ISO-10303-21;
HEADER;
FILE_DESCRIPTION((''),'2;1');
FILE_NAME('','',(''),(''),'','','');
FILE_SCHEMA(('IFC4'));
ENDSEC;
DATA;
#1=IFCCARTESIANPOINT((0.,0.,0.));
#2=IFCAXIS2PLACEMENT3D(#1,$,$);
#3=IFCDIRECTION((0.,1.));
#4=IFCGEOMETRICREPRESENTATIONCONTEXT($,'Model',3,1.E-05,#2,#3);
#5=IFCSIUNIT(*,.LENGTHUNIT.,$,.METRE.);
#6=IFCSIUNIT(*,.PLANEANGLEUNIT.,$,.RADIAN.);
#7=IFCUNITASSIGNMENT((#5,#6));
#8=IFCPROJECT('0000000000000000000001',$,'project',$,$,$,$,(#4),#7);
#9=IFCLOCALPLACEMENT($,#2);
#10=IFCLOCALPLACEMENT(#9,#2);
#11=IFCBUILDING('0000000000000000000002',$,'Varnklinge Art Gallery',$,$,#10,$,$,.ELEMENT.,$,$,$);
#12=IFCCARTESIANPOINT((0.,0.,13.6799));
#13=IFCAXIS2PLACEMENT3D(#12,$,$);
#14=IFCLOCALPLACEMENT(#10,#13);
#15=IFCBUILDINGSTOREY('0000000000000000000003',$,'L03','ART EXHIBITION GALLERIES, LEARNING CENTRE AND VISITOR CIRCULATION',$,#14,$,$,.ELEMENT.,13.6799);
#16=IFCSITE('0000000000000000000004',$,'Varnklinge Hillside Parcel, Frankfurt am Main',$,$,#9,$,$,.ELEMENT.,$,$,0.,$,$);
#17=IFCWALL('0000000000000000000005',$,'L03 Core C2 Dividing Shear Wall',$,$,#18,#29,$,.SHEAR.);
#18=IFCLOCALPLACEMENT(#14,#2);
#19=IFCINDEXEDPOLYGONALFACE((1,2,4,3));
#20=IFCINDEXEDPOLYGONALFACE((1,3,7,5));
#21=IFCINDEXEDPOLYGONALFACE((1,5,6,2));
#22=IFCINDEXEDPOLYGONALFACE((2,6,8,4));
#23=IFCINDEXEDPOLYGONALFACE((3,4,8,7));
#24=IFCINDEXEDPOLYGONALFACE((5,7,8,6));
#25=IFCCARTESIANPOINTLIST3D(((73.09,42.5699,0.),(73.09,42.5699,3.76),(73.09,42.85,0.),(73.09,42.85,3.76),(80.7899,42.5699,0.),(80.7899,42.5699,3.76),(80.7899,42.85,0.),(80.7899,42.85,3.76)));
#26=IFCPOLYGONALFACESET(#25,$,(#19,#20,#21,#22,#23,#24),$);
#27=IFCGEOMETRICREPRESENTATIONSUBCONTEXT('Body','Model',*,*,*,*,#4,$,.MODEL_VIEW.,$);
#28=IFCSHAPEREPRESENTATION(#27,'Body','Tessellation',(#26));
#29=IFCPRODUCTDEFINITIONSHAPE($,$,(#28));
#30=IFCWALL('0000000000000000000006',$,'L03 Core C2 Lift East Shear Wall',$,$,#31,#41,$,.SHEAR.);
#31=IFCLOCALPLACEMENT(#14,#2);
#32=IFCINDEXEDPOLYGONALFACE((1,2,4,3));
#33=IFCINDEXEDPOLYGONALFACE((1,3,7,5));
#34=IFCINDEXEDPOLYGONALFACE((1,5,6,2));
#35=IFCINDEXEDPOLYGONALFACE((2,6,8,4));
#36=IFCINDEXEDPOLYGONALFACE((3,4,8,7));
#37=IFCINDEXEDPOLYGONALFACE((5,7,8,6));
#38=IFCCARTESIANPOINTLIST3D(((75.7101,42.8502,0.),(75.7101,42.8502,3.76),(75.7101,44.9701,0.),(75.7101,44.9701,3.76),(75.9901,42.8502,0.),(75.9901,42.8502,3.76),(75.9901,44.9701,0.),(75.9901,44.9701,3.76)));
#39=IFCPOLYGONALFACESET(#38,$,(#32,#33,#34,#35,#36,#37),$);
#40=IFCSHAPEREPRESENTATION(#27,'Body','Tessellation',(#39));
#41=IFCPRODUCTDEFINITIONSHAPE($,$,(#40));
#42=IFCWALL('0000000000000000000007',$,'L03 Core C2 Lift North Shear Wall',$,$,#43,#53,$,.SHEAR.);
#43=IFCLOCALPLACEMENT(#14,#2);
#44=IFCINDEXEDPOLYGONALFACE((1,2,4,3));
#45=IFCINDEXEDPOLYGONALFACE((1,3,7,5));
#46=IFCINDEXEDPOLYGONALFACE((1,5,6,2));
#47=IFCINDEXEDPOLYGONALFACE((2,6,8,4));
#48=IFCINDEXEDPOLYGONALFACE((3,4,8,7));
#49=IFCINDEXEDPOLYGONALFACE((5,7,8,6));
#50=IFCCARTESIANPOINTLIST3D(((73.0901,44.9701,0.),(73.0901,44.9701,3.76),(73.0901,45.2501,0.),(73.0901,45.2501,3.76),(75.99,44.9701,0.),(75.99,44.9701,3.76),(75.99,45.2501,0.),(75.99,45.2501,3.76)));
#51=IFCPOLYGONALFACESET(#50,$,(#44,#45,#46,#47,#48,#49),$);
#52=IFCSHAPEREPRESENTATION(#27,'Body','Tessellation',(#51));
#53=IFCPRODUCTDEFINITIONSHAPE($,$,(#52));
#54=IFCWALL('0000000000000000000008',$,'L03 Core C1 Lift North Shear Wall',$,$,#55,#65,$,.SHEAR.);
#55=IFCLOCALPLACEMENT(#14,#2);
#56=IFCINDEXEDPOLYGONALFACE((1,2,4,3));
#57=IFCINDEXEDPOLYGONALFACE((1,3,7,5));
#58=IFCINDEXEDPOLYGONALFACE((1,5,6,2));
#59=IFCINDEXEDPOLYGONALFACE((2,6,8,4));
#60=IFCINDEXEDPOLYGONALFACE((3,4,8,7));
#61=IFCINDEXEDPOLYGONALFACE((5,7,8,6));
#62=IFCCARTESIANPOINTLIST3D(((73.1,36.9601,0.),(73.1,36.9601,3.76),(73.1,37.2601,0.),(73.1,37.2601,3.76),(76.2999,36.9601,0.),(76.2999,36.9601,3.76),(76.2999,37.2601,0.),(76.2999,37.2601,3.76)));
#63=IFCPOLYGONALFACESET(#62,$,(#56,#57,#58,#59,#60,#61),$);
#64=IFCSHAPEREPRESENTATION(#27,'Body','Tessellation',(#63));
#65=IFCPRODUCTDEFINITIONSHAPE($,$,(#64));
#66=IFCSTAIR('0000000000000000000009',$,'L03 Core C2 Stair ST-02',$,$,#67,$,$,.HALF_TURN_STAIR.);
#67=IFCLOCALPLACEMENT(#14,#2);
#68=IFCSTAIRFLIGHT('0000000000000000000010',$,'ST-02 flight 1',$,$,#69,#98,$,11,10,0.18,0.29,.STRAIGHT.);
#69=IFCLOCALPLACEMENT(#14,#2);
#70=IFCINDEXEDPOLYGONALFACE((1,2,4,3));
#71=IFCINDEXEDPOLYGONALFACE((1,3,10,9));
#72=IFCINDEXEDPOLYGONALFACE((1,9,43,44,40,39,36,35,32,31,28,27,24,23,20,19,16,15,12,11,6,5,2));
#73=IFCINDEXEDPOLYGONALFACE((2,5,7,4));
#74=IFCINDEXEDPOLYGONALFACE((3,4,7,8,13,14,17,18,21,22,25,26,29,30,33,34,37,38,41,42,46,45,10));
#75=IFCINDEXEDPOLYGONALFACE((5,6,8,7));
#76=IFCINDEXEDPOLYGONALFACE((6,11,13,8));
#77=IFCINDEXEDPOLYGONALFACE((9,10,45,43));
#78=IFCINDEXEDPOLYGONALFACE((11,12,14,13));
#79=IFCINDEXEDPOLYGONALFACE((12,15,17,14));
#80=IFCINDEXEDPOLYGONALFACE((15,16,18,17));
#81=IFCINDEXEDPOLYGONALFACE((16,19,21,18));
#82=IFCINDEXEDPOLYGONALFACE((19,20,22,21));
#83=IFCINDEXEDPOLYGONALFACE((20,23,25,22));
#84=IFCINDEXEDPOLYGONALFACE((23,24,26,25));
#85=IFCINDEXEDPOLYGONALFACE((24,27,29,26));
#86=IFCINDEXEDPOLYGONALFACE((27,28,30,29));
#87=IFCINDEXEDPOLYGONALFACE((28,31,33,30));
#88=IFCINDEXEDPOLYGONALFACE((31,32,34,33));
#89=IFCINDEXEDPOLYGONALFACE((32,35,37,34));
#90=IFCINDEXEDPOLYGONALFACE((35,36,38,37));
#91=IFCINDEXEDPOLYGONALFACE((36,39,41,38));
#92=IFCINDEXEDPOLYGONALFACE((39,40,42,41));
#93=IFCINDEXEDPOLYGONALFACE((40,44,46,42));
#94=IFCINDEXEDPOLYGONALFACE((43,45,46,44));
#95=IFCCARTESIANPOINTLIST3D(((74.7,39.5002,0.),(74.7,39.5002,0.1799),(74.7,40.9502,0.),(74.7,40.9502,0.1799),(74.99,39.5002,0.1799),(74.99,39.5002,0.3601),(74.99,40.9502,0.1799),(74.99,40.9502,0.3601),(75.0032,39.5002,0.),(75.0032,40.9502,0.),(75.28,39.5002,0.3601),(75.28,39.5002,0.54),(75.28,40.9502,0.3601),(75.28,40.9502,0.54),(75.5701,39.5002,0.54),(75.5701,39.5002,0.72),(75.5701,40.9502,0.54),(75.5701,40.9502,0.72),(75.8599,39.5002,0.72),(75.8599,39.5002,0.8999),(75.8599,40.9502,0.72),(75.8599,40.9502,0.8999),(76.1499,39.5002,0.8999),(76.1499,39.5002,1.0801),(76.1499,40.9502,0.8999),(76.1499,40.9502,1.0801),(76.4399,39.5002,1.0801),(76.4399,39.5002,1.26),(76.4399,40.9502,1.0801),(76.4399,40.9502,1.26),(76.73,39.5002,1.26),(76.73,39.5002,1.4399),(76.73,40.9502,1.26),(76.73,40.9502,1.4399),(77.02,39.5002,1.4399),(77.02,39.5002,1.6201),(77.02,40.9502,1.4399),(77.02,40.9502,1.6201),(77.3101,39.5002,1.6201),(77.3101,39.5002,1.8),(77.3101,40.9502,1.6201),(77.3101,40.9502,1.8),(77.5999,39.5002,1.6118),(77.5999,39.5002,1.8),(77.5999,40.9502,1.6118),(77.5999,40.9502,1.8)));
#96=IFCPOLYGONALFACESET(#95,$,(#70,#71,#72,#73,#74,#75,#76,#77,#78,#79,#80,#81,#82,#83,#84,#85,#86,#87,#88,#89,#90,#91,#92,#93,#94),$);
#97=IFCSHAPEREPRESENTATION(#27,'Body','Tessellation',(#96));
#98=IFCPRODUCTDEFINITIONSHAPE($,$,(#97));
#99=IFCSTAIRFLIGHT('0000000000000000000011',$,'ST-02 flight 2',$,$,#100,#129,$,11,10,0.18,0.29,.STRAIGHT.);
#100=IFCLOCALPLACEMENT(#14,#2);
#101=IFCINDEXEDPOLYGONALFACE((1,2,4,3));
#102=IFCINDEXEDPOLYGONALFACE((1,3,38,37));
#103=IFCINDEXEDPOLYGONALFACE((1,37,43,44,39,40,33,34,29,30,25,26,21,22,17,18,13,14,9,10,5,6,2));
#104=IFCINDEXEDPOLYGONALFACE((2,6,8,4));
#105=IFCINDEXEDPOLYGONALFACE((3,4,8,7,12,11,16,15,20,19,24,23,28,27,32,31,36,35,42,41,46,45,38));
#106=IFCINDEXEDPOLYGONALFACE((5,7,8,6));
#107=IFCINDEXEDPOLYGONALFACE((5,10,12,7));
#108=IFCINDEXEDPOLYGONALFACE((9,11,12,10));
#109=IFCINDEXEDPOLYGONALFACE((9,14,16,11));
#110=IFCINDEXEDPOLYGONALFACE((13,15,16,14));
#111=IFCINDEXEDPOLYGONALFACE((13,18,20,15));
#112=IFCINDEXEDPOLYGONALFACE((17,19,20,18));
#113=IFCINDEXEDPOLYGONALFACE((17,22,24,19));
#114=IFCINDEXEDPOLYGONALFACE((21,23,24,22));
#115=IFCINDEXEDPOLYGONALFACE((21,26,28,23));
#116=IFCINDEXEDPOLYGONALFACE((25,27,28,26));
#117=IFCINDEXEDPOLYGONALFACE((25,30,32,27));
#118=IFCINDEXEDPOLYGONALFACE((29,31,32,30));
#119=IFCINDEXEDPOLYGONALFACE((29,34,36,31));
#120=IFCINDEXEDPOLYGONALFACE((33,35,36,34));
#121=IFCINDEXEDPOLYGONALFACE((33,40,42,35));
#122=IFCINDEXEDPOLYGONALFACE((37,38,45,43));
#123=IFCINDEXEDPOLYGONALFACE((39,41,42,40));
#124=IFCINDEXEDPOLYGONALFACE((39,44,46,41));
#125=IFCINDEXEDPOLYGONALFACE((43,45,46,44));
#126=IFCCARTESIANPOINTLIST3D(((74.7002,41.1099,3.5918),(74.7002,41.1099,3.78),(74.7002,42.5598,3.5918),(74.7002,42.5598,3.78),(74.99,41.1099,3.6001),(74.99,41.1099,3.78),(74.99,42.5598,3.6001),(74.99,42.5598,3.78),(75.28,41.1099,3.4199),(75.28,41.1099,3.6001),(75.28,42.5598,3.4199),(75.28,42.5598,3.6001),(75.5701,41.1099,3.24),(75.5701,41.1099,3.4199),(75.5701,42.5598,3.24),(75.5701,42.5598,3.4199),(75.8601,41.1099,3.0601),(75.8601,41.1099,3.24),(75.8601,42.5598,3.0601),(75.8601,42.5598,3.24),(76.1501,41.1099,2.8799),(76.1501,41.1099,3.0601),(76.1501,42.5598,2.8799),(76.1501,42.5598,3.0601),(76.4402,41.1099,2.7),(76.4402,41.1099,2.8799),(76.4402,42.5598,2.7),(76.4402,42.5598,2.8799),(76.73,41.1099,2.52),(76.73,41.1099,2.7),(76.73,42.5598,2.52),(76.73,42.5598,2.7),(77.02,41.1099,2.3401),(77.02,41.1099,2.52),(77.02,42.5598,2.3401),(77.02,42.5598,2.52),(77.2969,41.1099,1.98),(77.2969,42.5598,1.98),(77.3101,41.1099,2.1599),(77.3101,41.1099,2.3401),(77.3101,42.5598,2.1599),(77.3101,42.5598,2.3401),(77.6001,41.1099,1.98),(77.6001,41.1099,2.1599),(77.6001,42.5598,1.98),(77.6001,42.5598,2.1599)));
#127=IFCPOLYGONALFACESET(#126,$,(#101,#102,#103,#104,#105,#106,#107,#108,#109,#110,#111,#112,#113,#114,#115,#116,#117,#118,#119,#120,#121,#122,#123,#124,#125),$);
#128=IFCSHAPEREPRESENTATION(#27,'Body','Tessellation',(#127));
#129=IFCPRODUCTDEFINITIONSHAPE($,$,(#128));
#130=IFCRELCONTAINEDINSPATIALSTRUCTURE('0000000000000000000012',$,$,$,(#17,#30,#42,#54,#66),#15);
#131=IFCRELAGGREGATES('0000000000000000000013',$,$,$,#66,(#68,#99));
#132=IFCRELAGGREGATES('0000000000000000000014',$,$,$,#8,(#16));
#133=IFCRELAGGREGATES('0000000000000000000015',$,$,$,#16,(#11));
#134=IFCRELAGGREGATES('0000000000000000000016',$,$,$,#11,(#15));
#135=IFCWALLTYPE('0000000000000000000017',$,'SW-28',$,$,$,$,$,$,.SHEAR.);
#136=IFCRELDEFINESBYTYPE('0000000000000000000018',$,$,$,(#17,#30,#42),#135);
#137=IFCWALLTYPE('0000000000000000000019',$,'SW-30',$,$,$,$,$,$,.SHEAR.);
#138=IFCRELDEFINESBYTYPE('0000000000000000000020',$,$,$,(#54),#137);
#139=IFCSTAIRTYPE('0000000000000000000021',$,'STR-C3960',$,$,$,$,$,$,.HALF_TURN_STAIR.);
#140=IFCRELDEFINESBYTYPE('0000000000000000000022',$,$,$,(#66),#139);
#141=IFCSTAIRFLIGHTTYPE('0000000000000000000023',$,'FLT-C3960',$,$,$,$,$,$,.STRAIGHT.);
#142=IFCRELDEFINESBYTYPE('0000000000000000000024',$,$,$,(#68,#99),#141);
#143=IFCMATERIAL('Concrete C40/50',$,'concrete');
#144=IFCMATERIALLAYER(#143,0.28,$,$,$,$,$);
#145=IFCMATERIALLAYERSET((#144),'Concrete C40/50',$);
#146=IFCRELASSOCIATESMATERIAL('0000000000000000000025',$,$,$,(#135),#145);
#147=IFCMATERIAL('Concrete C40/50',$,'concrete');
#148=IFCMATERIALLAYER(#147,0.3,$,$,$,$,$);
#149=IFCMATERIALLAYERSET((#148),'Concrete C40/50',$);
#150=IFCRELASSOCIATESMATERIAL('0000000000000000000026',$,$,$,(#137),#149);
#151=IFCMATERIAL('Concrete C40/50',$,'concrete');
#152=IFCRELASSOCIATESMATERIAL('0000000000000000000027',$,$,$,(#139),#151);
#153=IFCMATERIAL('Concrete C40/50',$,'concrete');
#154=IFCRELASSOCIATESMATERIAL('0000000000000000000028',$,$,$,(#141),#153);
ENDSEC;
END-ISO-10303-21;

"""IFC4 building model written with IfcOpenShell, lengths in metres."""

from ifc_helpers import new_model, si_unit, direction, frame, frame_2d, origin, place, context, subcontext, project, spatial, polyline, rectangle, outline, extrude, material, layer, layer_set, type_object, element, aggregate, save


model = new_model("IFC4")

# Units and contexts
model_context = context("Model", 3, precision=1e-05, world=origin(), true_north=direction((0.0, 1.0)))
body_context = subcontext(model_context, "Body", "Model", "MODEL_VIEW")
ifc_project = project(units=[si_unit("LENGTHUNIT", "METRE"), si_unit("PLANEANGLEUNIT", "RADIAN")], contexts=[model_context])

# Site, building, storey
site_placement = place(None, origin())
site = spatial("IfcSite", under=ifc_project, at=site_placement, Name="Varnklinge Hillside Parcel, Frankfurt am Main", CompositionType="ELEMENT", RefElevation=0.0)
building_placement = place(site_placement, origin())
building = spatial("IfcBuilding", under=site, at=building_placement, Name="Varnklinge Art Gallery", CompositionType="ELEMENT")
storey_placement = place(building_placement, frame((0.0, 0.0, 13.6799)))
storey = spatial("IfcBuildingStorey", under=building, at=storey_placement, Name="L03", Description="ART EXHIBITION GALLERIES, LEARNING CENTRE AND VISITOR CIRCULATION", CompositionType="ELEMENT", Elevation=13.6799)

# Walls
ifc_material_1 = material(Name="Concrete C40/50", Category="concrete")
ifc_layer_1 = layer(ifc_material_1, 0.28)
ifc_layer_set_1 = layer_set([ifc_layer_1], Name="Concrete C40/50")
wall_type_1 = type_object("IfcWallType", Name="SW-28", PredefinedType="SHEAR", material=ifc_layer_set_1)
wall_1_placement = place(storey_placement, frame((80.79, 42.71, 0.0), z_axis=(0.0, 0.0, 1.0), x_axis=(-1.0, 0.0, 0.0)))
element("IfcWall", 1, at=wall_1_placement, inside=storey, type_object=wall_type_1, Name="L03 Core C2 Dividing Shear Wall", PredefinedType="SHEAR", context=body_context, shape_type="SweptSolid", body=[
    extrude(rectangle(XDim=7.7, YDim=0.28, at=frame_2d((3.8501, 0.0))), origin(), (0.0, 0.0, 1.0), 3.76),
])
wall_2_placement = place(storey_placement, frame((75.8501, 42.8501, 0.0), z_axis=(0.0, 0.0, 1.0), x_axis=(0.0, 1.0, 0.0)))
element("IfcWall", 2, at=wall_2_placement, inside=storey, type_object=wall_type_1, Name="L03 Core C2 Lift East Shear Wall", PredefinedType="SHEAR", context=body_context, shape_type="SweptSolid", body=[
    extrude(rectangle(XDim=2.1199, YDim=0.28, at=frame_2d((1.0601, 0.0))), origin(), (0.0, 0.0, 1.0), 3.76),
])
wall_3_placement = place(storey_placement, frame((75.99, 45.1101, 0.0), z_axis=(0.0, 0.0, 1.0), x_axis=(-1.0, 0.0, 0.0)))
element("IfcWall", 3, at=wall_3_placement, inside=storey, type_object=wall_type_1, Name="L03 Core C2 Lift North Shear Wall", PredefinedType="SHEAR", context=body_context, shape_type="SweptSolid", body=[
    extrude(rectangle(XDim=2.8999, YDim=0.28, at=frame_2d((1.45, 0.0))), origin(), (0.0, 0.0, 1.0), 3.76),
])
ifc_material_2 = material(Name="Concrete C40/50", Category="concrete")
ifc_layer_2 = layer(ifc_material_2, 0.3)
ifc_layer_set_2 = layer_set([ifc_layer_2], Name="Concrete C40/50")
wall_type_2 = type_object("IfcWallType", Name="SW-30", PredefinedType="SHEAR", material=ifc_layer_set_2)
wall_4_placement = place(storey_placement, frame((76.3, 37.1101, 0.0), z_axis=(0.0, 0.0, 1.0), x_axis=(-1.0, 0.0, 0.0)))
element("IfcWall", 4, at=wall_4_placement, inside=storey, type_object=wall_type_2, Name="L03 Core C1 Lift North Shear Wall", PredefinedType="SHEAR", context=body_context, shape_type="SweptSolid", body=[
    extrude(rectangle(XDim=3.2, YDim=0.3, at=frame_2d((1.6001, 0.0))), origin(), (0.0, 0.0, 1.0), 3.76),
])

# Stair, stair flights
ifc_material_3 = material(Name="Concrete C40/50", Category="concrete")
stair_type = type_object("IfcStairType", Name="STR-C3960", PredefinedType="HALF_TURN_STAIR", material=ifc_material_3)
stair_placement = place(storey_placement, origin())
stair = element("IfcStair", 5, at=stair_placement, inside=storey, type_object=stair_type, Name="L03 Core C2 Stair ST-02", PredefinedType="HALF_TURN_STAIR")
ifc_material_4 = material(Name="Concrete C40/50", Category="concrete")
stair_flight_type = type_object("IfcStairFlightType", Name="FLT-C3960", PredefinedType="STRAIGHT", material=ifc_material_4)
stair_flight_1_placement = place(storey_placement, frame((74.7, 40.2251, 0.0), z_axis=(0.0, 0.0, 1.0), x_axis=(1.0, 0.0, 0.0)))
stair_flight_1 = element("IfcStairFlight", 6, at=stair_flight_1_placement, type_object=stair_flight_type, Name="ST-02 flight 1", NumberOfRisers=11, NumberOfTreads=10, PredefinedType="STRAIGHT", RiserHeight=0.18, TreadLength=0.29, context=body_context, shape_type="SweptSolid", body=[
    extrude(outline(polyline([(0.0, 0.0), (0.0, 0.1799), (0.29, 0.1799), (0.29, 0.3601), (0.5801, 0.3601), (0.5801, 0.54), (0.8701, 0.54), (0.8701, 0.72), (1.1599, 0.72), (1.1599, 0.8999), (1.45, 0.8999), (1.45, 1.0801), (1.74, 1.0801), (1.74, 1.26), (2.03, 1.26), (2.03, 1.4399), (2.3201, 1.4399), (2.3201, 1.6201), (2.6101, 1.6201), (2.6101, 1.8), (2.8999, 1.8), (2.8999, 1.98), (2.8999, 1.6118), (0.3032, 0.0), (0.0, 0.0)])), frame((0.0, 0.7251, 0.0), z_axis=(0.0, -1.0, 0.0), x_axis=(1.0, 0.0, 0.0)), (0.0, 0.0, 1.0), 1.45),
])
stair_flight_2_placement = place(storey_placement, frame((77.6001, 41.835, 1.98), z_axis=(0.0, 0.0, 1.0), x_axis=(-1.0, 0.0, 0.0)))
stair_flight_2 = element("IfcStairFlight", 7, at=stair_flight_2_placement, type_object=stair_flight_type, Name="ST-02 flight 2", NumberOfRisers=11, NumberOfTreads=10, PredefinedType="STRAIGHT", RiserHeight=0.18, TreadLength=0.29, context=body_context, shape_type="SweptSolid", body=[
    extrude(outline(polyline([(0.0, 0.0), (0.0, 0.1799), (0.29, 0.1799), (0.29, 0.3601), (0.5801, 0.3601), (0.5801, 0.54), (0.8701, 0.54), (0.8701, 0.72), (1.1599, 0.72), (1.1599, 0.8999), (1.45, 0.8999), (1.45, 1.0801), (1.74, 1.0801), (1.74, 1.26), (2.03, 1.26), (2.03, 1.4399), (2.3201, 1.4399), (2.3201, 1.6201), (2.6101, 1.6201), (2.6101, 1.8), (2.8999, 1.8), (2.8999, 1.98), (2.8999, 1.6118), (0.3032, 0.0), (0.0, 0.0)])), frame((0.0, 0.7251, 0.0), z_axis=(0.0, -1.0, 0.0), x_axis=(1.0, 0.0, 0.0)), (0.0, 0.0, 1.0), 1.45),
])
aggregate(stair, [stair_flight_1, stair_flight_2])

save(model, "model.ifc")
